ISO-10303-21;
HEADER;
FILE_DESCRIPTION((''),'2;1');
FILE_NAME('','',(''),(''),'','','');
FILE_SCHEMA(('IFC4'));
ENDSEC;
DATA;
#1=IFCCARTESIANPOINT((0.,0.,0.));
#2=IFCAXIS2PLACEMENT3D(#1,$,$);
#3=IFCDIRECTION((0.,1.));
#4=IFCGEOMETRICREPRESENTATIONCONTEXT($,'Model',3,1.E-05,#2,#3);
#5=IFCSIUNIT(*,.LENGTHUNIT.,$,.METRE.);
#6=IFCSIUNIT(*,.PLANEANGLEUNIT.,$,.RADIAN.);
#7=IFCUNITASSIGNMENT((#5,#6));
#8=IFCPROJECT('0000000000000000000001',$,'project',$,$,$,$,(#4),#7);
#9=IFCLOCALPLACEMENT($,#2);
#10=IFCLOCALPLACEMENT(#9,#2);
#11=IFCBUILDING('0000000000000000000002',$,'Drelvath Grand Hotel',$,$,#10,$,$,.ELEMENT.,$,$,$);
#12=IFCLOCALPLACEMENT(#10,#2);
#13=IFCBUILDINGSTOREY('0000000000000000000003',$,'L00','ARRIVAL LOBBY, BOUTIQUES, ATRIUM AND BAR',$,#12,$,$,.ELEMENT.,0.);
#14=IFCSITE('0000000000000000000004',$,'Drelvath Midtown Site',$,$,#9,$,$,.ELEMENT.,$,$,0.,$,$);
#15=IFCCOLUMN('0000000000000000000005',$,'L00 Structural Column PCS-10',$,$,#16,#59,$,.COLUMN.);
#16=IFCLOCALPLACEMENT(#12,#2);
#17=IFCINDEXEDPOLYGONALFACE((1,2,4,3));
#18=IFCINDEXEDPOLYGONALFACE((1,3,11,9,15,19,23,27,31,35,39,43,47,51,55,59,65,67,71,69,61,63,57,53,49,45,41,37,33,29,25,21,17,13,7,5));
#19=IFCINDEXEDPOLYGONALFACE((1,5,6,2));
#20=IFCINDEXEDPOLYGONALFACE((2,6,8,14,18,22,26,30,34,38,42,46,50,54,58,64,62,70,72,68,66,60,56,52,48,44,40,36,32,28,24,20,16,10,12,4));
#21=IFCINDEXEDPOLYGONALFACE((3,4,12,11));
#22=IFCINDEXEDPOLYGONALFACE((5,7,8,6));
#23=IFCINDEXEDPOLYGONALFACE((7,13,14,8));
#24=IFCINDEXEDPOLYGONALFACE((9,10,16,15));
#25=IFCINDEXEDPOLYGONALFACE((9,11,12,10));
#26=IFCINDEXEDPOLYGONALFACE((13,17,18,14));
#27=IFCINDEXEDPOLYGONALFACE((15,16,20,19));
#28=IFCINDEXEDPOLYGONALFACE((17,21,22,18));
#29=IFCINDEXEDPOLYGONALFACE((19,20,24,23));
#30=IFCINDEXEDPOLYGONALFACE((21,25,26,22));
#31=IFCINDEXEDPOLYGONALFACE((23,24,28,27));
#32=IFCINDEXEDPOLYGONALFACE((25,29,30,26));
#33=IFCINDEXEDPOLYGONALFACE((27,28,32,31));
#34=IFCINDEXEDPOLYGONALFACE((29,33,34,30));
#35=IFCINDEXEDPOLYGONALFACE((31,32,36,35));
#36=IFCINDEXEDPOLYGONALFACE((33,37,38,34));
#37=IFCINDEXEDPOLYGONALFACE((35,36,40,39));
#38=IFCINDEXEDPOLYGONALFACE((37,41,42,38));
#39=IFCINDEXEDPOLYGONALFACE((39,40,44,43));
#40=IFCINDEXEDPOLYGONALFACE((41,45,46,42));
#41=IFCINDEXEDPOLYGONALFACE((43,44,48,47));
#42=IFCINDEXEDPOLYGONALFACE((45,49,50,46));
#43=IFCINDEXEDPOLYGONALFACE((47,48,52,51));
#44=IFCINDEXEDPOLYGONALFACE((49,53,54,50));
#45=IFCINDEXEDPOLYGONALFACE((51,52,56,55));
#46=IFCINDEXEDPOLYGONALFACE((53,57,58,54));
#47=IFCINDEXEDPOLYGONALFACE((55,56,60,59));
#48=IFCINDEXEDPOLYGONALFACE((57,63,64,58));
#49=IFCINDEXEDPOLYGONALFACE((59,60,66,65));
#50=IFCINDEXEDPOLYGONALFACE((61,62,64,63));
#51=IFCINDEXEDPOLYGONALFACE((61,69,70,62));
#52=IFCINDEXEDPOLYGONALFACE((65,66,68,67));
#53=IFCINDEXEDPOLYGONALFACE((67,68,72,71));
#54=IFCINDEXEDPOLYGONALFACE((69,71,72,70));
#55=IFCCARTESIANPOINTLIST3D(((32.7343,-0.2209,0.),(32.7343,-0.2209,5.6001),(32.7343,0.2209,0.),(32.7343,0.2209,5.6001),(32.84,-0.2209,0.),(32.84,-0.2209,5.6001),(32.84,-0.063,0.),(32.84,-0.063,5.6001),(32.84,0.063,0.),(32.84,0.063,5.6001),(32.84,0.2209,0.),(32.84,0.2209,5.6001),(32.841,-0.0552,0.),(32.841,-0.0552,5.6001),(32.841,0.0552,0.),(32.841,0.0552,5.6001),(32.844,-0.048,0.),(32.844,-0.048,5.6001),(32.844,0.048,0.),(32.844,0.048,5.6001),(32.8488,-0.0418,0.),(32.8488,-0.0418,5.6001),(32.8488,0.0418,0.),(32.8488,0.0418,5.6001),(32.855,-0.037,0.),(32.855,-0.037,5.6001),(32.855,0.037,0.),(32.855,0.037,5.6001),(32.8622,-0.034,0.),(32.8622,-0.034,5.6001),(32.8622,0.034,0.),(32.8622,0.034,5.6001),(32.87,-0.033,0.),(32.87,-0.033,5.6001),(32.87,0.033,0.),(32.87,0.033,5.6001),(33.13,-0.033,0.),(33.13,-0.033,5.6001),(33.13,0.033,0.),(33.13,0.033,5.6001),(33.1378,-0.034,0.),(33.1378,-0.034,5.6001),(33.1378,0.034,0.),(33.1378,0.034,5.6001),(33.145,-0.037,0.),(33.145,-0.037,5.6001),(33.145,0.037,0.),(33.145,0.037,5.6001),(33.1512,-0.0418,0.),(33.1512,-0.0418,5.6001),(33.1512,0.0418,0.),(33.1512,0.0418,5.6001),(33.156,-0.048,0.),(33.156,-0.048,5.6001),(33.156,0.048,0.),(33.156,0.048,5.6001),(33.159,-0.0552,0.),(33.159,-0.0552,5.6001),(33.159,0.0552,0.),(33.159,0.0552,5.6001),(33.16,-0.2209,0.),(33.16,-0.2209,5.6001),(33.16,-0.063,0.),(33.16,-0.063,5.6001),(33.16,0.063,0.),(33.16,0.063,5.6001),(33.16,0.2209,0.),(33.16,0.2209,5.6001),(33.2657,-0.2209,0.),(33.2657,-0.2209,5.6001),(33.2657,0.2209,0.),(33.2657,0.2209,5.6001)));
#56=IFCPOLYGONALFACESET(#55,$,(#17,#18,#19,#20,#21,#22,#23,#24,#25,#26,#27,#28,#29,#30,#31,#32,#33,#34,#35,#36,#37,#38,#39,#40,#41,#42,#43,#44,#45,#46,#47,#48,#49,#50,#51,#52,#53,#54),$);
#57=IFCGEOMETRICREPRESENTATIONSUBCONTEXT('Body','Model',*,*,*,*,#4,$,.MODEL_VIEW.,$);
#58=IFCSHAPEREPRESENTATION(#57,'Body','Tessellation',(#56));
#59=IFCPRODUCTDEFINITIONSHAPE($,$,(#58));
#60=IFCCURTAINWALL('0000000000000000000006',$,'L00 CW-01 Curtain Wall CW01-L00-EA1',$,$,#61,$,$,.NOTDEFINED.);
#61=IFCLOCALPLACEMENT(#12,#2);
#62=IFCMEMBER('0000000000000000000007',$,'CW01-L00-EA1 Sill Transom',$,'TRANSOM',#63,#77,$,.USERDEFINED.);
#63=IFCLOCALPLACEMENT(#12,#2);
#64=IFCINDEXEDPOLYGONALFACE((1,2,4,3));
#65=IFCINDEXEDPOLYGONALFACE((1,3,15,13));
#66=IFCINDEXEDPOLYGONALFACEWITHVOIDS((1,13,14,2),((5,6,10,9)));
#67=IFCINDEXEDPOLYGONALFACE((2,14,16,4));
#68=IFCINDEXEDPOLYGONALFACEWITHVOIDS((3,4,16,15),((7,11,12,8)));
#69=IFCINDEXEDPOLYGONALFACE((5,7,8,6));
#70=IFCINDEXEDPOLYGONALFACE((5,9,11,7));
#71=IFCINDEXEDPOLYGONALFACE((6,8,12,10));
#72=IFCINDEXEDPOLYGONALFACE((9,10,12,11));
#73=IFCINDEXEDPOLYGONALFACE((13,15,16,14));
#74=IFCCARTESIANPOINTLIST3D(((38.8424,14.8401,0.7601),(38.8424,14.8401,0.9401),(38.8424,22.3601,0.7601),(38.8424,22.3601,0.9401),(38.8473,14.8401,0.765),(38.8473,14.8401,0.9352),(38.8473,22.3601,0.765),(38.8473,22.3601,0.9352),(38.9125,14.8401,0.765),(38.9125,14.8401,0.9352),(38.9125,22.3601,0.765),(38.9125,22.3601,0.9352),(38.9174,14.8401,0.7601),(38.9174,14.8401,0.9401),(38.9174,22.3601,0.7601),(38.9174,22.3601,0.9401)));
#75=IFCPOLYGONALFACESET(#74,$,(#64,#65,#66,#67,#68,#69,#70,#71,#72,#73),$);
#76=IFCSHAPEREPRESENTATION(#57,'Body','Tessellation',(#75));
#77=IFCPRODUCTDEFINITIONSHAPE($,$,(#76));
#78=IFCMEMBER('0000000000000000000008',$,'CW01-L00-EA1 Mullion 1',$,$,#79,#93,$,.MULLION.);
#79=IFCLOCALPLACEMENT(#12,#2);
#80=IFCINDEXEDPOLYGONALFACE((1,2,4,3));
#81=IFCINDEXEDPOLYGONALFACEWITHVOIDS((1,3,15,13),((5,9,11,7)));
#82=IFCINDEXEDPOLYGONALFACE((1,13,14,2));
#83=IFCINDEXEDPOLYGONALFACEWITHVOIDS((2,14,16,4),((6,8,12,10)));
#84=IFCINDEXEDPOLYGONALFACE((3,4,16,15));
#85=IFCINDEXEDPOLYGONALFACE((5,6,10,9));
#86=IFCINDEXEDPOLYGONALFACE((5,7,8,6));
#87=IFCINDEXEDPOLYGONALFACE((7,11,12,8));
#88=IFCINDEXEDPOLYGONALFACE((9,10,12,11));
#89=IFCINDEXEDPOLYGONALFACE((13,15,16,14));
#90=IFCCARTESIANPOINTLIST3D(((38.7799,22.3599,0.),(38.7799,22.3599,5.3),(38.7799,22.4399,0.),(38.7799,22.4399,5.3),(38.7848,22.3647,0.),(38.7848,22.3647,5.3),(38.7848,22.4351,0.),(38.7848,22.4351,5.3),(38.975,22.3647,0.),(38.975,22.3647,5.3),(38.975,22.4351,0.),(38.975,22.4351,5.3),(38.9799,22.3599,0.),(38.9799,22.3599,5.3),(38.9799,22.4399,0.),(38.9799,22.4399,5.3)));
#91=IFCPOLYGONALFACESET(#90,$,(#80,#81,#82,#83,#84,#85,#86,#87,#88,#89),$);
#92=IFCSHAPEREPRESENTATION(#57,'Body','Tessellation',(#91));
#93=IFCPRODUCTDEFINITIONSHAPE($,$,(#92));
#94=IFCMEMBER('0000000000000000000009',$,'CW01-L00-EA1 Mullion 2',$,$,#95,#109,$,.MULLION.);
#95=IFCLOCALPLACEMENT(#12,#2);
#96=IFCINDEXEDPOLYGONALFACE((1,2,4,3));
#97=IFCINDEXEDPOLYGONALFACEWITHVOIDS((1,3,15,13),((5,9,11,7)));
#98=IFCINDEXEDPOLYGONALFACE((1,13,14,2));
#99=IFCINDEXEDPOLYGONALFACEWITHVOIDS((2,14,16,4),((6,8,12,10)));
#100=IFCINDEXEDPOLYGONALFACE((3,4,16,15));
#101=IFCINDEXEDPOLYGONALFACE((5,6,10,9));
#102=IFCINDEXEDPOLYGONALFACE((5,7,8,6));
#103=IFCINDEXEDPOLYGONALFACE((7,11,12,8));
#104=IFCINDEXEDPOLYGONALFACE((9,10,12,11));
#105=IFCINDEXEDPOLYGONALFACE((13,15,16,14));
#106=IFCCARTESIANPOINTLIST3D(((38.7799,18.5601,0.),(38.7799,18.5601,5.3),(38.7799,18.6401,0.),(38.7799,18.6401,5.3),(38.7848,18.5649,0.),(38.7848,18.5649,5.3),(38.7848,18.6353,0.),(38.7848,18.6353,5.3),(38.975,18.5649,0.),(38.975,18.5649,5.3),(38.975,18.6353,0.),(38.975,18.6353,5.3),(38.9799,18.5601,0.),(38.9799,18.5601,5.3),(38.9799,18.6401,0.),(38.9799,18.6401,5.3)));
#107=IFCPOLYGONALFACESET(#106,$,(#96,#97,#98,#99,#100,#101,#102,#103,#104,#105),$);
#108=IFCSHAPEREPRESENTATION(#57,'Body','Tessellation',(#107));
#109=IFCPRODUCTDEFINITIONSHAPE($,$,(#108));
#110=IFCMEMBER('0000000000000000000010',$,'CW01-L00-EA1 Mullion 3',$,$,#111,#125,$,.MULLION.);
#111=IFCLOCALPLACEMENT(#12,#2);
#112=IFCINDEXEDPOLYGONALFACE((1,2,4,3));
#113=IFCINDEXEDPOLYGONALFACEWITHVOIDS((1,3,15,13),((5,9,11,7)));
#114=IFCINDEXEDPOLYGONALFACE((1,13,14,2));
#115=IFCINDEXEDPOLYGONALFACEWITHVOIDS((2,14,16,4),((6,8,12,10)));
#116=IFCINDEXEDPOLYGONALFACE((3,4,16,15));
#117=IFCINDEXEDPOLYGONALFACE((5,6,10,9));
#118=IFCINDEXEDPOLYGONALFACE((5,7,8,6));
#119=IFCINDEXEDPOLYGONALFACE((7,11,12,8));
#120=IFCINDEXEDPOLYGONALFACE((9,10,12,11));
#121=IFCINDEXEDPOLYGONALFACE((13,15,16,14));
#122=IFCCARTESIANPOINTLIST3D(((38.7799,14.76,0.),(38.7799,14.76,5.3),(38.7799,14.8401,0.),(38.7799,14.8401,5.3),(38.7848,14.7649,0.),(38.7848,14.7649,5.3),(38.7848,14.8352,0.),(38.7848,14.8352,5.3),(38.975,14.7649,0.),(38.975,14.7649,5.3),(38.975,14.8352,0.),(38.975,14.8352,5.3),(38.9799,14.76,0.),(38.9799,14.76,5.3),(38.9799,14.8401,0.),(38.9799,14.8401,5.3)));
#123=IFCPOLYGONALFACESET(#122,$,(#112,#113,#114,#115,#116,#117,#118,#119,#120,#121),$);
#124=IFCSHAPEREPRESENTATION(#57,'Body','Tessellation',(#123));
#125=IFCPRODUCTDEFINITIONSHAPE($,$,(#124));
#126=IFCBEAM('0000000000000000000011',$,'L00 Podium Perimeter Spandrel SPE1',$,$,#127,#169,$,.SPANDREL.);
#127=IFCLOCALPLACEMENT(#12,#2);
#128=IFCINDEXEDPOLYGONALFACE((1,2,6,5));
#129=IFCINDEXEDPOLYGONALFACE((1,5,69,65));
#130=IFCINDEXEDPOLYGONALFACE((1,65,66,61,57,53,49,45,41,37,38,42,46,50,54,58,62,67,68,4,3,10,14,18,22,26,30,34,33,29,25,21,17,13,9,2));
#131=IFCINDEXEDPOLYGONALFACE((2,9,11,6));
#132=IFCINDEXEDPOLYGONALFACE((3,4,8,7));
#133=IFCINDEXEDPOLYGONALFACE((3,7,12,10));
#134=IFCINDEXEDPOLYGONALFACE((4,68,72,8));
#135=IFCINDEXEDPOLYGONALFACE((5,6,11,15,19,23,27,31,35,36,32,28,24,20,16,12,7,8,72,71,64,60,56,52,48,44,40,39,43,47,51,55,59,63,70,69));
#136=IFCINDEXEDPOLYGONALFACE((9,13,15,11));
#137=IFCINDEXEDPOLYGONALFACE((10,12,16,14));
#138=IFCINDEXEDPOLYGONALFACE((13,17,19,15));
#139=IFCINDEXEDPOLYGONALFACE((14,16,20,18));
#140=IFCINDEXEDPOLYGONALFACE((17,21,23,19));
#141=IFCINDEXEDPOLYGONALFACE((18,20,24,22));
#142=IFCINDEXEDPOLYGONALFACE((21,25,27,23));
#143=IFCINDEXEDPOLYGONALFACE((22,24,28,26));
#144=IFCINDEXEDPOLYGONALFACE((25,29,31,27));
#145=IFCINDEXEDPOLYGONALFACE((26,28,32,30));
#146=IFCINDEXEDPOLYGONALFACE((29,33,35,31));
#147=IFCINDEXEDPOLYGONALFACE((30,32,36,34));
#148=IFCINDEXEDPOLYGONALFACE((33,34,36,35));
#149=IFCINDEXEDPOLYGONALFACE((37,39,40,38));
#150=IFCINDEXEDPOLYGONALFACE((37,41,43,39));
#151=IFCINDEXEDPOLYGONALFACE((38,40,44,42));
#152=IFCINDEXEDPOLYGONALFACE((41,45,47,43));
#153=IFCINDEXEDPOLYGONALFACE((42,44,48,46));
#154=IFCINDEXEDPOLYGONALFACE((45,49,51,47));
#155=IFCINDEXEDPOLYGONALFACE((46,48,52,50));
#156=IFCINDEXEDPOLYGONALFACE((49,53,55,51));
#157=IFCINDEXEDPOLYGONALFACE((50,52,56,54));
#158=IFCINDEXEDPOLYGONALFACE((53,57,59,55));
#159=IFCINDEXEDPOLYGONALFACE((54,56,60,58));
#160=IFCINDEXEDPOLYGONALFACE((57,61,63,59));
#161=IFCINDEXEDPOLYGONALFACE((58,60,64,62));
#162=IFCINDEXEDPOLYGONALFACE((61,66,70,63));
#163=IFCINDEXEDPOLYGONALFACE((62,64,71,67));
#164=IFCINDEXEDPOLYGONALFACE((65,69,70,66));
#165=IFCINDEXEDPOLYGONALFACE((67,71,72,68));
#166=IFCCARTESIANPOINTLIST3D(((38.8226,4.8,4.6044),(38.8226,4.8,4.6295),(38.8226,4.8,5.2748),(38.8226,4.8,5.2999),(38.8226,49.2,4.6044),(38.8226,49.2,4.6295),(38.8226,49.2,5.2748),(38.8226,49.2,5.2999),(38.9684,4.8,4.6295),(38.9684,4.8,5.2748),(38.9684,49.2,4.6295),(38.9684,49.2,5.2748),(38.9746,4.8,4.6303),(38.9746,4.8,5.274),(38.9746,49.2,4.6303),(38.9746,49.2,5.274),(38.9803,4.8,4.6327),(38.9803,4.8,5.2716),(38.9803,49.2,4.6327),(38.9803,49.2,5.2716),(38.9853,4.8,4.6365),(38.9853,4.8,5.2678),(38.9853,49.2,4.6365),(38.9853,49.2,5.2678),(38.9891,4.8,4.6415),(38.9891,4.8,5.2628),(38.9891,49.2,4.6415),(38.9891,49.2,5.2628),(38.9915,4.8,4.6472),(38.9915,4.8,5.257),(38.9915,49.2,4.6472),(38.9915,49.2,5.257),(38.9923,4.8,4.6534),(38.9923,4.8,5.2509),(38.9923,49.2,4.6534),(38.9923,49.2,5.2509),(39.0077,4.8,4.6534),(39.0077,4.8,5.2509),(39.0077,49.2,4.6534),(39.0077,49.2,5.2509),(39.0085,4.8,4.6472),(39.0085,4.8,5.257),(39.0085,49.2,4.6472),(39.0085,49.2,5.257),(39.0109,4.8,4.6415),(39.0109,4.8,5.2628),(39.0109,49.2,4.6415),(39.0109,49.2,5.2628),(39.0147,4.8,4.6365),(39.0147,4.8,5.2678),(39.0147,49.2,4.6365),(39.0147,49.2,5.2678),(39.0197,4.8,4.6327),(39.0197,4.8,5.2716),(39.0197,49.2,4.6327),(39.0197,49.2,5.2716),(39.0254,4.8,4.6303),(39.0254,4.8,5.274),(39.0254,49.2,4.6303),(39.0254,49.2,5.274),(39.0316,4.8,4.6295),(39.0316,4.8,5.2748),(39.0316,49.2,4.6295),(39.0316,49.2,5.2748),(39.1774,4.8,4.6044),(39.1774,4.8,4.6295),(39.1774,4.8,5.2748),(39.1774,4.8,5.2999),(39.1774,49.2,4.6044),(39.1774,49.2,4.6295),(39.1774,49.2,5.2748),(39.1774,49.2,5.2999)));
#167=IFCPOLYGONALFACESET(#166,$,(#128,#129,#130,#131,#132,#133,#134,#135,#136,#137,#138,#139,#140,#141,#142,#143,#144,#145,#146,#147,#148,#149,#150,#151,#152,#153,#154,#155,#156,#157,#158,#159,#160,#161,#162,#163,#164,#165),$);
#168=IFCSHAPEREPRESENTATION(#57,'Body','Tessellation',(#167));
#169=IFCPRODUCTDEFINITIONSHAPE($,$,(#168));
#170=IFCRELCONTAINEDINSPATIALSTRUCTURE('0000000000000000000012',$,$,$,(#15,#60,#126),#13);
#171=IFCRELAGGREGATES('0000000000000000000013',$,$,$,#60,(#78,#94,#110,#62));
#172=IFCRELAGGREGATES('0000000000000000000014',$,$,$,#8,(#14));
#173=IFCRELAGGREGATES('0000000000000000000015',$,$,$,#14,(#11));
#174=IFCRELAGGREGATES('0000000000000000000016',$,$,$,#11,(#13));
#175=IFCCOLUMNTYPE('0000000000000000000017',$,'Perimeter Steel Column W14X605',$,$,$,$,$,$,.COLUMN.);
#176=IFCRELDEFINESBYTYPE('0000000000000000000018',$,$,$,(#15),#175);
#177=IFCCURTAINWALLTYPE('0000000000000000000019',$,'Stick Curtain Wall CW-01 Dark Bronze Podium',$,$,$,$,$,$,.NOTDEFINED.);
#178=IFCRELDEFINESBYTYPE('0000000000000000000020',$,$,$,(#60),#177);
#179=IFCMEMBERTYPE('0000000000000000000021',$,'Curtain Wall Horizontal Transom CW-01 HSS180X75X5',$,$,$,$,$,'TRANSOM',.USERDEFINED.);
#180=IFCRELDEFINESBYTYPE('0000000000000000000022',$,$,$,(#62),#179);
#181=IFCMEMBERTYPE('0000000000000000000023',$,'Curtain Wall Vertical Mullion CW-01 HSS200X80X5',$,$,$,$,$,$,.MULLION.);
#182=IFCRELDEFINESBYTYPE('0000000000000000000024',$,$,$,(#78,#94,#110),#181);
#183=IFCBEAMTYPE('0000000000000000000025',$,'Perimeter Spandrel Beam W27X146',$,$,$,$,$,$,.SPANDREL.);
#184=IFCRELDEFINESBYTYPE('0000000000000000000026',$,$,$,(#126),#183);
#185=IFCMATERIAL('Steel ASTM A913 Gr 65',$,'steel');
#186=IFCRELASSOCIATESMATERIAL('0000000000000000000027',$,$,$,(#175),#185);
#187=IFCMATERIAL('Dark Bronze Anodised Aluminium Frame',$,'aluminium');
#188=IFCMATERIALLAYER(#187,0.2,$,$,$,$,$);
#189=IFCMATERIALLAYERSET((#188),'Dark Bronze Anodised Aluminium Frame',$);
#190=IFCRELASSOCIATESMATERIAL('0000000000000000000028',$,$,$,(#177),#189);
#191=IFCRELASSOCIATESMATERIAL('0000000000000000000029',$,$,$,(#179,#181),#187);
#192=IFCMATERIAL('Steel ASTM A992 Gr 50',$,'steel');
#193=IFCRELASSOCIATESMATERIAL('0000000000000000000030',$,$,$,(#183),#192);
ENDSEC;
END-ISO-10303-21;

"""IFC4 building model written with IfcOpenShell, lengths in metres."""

from ifc_helpers import new_model, si_unit, direction, frame, origin, origin_2d, place, context, subcontext, project, spatial, hollow_rectangle, i_section, extrude, material, layer, layer_set, material_profile, profile_set, type_object, element, aggregate, save


model = new_model("IFC4")

# Units and contexts
model_context = context("Model", 3, precision=1e-05, world=origin(), true_north=direction((0.0, 1.0)))
body_context = subcontext(model_context, "Body", "Model", "MODEL_VIEW")
ifc_project = project(units=[si_unit("LENGTHUNIT", "METRE"), si_unit("PLANEANGLEUNIT", "RADIAN")], contexts=[model_context])

# Site, building, storey
site_placement = place(None, origin())
site = spatial("IfcSite", under=ifc_project, at=site_placement, Name="Drelvath Midtown Site", CompositionType="ELEMENT", RefElevation=0.0)
building_placement = place(site_placement, origin())
building = spatial("IfcBuilding", under=site, at=building_placement, Name="Drelvath Grand Hotel", CompositionType="ELEMENT")
storey_placement = place(building_placement, origin())
storey = spatial("IfcBuildingStorey", under=building, at=storey_placement, Name="L00", Description="ARRIVAL LOBBY, BOUTIQUES, ATRIUM AND BAR", CompositionType="ELEMENT", Elevation=0.0)

# Column
ifc_material_1 = material(Name="Steel ASTM A913 Gr 65", Category="steel")
ifc_material_profile_1 = material_profile(ifc_material_1, i_section(OverallWidth=0.4419, OverallDepth=0.5315, WebThickness=0.0659, FlangeThickness=0.1057, FilletRadius=0.03, at=origin_2d()), Name="W14X605")
ifc_profile_set_1 = profile_set([ifc_material_profile_1], Name="Steel ASTM A913 Gr 65")
column_type_1 = type_object("IfcColumnType", Name="Perimeter Steel Column W14X605", PredefinedType="COLUMN", material=ifc_profile_set_1)
for number, where, z_axis, x_axis, name in (
    (1, (33.0, 0.0, 0.0), (0.0, 0.0, 1.0), (0.0, 1.0, 0.0), "L00 Structural Column PCS-10"),
):
    element("IfcColumn", number, at=place(storey_placement, frame(where, z_axis=z_axis, x_axis=x_axis)), inside=storey, type_object=column_type_1, Name=name, PredefinedType="COLUMN", context=body_context, shape_type="SweptSolid", body=[
        extrude(i_section(OverallWidth=0.4419, OverallDepth=0.5315, WebThickness=0.0659, FlangeThickness=0.1057, FilletRadius=0.03, at=origin_2d()), origin(), (0.0, 0.0, 1.0), 5.6001),
    ])

# Curtain wall, members
ifc_material_2 = material(Name="Dark Bronze Anodised Aluminium Frame", Category="aluminium")
ifc_layer_1 = layer(ifc_material_2, 0.2)
ifc_layer_set_1 = layer_set([ifc_layer_1], Name="Dark Bronze Anodised Aluminium Frame")
curtain_wall_type = type_object("IfcCurtainWallType", Name="Stick Curtain Wall CW-01 Dark Bronze Podium", PredefinedType="NOTDEFINED", material=ifc_layer_set_1)
curtain_wall_placement = place(storey_placement, origin())
curtain_wall = element("IfcCurtainWall", 2, at=curtain_wall_placement, inside=storey, type_object=curtain_wall_type, Name="L00 CW-01 Curtain Wall CW01-L00-EA1", PredefinedType="NOTDEFINED")
ifc_material_profile_2 = material_profile(ifc_material_2, hollow_rectangle(XDim=0.075, YDim=0.1799, WallThickness=0.0049, at=origin_2d()), Name="HSS180X75X5")
ifc_profile_set_2 = profile_set([ifc_material_profile_2], Name="Dark Bronze Anodised Aluminium Frame")
member_type_1 = type_object("IfcMemberType", Name="Curtain Wall Horizontal Transom CW-01 HSS180X75X5", ElementType="TRANSOM", PredefinedType="USERDEFINED", material=ifc_profile_set_2)
member_1_placement = place(storey_placement, frame((38.8799, 22.3601, 0.8501), z_axis=(0.0, -1.0, 0.0), x_axis=(1.0, 0.0, 0.0)))
member_1 = element("IfcMember", 3, at=member_1_placement, type_object=member_type_1, Name="CW01-L00-EA1 Sill Transom", ObjectType="TRANSOM", PredefinedType="USERDEFINED", context=body_context, shape_type="SweptSolid", body=[
    extrude(hollow_rectangle(XDim=0.075, YDim=0.1799, WallThickness=0.0049, at=origin_2d()), origin(), (0.0, 0.0, 1.0), 7.52),
])
ifc_material_profile_3 = material_profile(ifc_material_2, hollow_rectangle(XDim=0.0801, YDim=0.2, WallThickness=0.0049, at=origin_2d()), Name="HSS200X80X5")
ifc_profile_set_3 = profile_set([ifc_material_profile_3], Name="Dark Bronze Anodised Aluminium Frame")
member_type_2 = type_object("IfcMemberType", Name="Curtain Wall Vertical Mullion CW-01 HSS200X80X5", PredefinedType="MULLION", material=ifc_profile_set_3)
member_2_placement = place(storey_placement, frame((38.8799, 22.3999, 0.0), z_axis=(0.0, 0.0, 1.0), x_axis=(0.0, 1.0, 0.0)))
member_2 = element("IfcMember", 4, at=member_2_placement, type_object=member_type_2, Name="CW01-L00-EA1 Mullion 1", PredefinedType="MULLION", context=body_context, shape_type="SweptSolid", body=[
    extrude(hollow_rectangle(XDim=0.0801, YDim=0.2, WallThickness=0.0049, at=origin_2d()), origin(), (0.0, 0.0, 1.0), 5.3),
])
member_3_placement = place(storey_placement, frame((38.8799, 18.6001, 0.0), z_axis=(0.0, 0.0, 1.0), x_axis=(0.0, 1.0, 0.0)))
member_3 = element("IfcMember", 5, at=member_3_placement, type_object=member_type_2, Name="CW01-L00-EA1 Mullion 2", PredefinedType="MULLION", context=body_context, shape_type="SweptSolid", body=[
    extrude(hollow_rectangle(XDim=0.0801, YDim=0.2, WallThickness=0.0049, at=origin_2d()), origin(), (0.0, 0.0, 1.0), 5.3),
])
member_4_placement = place(storey_placement, frame((38.8799, 14.8, 0.0), z_axis=(0.0, 0.0, 1.0), x_axis=(0.0, 1.0, 0.0)))
member_4 = element("IfcMember", 6, at=member_4_placement, type_object=member_type_2, Name="CW01-L00-EA1 Mullion 3", PredefinedType="MULLION", context=body_context, shape_type="SweptSolid", body=[
    extrude(hollow_rectangle(XDim=0.0801, YDim=0.2, WallThickness=0.0049, at=origin_2d()), origin(), (0.0, 0.0, 1.0), 5.3),
])

# Beam
ifc_material_3 = material(Name="Steel ASTM A992 Gr 50", Category="steel")
ifc_material_profile_4 = material_profile(ifc_material_3, i_section(OverallWidth=0.3547, OverallDepth=0.6956, WebThickness=0.0154, FlangeThickness=0.0251, FilletRadius=0.0239, at=origin_2d()), Name="W27X146")
ifc_profile_set_4 = profile_set([ifc_material_profile_4], Name="Steel ASTM A992 Gr 50")
beam_type_1 = type_object("IfcBeamType", Name="Perimeter Spandrel Beam W27X146", PredefinedType="SPANDREL", material=ifc_profile_set_4)
beam_1_placement = place(storey_placement, frame((39.0, 4.8, 4.9521), z_axis=(0.0, 1.0, 0.0), x_axis=(-1.0, 0.0, 0.0)))
element("IfcBeam", 7, at=beam_1_placement, inside=storey, type_object=beam_type_1, Name="L00 Podium Perimeter Spandrel SPE1", PredefinedType="SPANDREL", context=body_context, shape_type="SweptSolid", body=[
    extrude(i_section(OverallWidth=0.3547, OverallDepth=0.6956, WebThickness=0.0154, FlangeThickness=0.0251, FilletRadius=0.0239, at=origin_2d()), origin(), (0.0, 0.0, 1.0), 44.3999),
])

aggregate(curtain_wall, [member_2, member_3, member_4, member_1])

save(model, "model.ifc")
